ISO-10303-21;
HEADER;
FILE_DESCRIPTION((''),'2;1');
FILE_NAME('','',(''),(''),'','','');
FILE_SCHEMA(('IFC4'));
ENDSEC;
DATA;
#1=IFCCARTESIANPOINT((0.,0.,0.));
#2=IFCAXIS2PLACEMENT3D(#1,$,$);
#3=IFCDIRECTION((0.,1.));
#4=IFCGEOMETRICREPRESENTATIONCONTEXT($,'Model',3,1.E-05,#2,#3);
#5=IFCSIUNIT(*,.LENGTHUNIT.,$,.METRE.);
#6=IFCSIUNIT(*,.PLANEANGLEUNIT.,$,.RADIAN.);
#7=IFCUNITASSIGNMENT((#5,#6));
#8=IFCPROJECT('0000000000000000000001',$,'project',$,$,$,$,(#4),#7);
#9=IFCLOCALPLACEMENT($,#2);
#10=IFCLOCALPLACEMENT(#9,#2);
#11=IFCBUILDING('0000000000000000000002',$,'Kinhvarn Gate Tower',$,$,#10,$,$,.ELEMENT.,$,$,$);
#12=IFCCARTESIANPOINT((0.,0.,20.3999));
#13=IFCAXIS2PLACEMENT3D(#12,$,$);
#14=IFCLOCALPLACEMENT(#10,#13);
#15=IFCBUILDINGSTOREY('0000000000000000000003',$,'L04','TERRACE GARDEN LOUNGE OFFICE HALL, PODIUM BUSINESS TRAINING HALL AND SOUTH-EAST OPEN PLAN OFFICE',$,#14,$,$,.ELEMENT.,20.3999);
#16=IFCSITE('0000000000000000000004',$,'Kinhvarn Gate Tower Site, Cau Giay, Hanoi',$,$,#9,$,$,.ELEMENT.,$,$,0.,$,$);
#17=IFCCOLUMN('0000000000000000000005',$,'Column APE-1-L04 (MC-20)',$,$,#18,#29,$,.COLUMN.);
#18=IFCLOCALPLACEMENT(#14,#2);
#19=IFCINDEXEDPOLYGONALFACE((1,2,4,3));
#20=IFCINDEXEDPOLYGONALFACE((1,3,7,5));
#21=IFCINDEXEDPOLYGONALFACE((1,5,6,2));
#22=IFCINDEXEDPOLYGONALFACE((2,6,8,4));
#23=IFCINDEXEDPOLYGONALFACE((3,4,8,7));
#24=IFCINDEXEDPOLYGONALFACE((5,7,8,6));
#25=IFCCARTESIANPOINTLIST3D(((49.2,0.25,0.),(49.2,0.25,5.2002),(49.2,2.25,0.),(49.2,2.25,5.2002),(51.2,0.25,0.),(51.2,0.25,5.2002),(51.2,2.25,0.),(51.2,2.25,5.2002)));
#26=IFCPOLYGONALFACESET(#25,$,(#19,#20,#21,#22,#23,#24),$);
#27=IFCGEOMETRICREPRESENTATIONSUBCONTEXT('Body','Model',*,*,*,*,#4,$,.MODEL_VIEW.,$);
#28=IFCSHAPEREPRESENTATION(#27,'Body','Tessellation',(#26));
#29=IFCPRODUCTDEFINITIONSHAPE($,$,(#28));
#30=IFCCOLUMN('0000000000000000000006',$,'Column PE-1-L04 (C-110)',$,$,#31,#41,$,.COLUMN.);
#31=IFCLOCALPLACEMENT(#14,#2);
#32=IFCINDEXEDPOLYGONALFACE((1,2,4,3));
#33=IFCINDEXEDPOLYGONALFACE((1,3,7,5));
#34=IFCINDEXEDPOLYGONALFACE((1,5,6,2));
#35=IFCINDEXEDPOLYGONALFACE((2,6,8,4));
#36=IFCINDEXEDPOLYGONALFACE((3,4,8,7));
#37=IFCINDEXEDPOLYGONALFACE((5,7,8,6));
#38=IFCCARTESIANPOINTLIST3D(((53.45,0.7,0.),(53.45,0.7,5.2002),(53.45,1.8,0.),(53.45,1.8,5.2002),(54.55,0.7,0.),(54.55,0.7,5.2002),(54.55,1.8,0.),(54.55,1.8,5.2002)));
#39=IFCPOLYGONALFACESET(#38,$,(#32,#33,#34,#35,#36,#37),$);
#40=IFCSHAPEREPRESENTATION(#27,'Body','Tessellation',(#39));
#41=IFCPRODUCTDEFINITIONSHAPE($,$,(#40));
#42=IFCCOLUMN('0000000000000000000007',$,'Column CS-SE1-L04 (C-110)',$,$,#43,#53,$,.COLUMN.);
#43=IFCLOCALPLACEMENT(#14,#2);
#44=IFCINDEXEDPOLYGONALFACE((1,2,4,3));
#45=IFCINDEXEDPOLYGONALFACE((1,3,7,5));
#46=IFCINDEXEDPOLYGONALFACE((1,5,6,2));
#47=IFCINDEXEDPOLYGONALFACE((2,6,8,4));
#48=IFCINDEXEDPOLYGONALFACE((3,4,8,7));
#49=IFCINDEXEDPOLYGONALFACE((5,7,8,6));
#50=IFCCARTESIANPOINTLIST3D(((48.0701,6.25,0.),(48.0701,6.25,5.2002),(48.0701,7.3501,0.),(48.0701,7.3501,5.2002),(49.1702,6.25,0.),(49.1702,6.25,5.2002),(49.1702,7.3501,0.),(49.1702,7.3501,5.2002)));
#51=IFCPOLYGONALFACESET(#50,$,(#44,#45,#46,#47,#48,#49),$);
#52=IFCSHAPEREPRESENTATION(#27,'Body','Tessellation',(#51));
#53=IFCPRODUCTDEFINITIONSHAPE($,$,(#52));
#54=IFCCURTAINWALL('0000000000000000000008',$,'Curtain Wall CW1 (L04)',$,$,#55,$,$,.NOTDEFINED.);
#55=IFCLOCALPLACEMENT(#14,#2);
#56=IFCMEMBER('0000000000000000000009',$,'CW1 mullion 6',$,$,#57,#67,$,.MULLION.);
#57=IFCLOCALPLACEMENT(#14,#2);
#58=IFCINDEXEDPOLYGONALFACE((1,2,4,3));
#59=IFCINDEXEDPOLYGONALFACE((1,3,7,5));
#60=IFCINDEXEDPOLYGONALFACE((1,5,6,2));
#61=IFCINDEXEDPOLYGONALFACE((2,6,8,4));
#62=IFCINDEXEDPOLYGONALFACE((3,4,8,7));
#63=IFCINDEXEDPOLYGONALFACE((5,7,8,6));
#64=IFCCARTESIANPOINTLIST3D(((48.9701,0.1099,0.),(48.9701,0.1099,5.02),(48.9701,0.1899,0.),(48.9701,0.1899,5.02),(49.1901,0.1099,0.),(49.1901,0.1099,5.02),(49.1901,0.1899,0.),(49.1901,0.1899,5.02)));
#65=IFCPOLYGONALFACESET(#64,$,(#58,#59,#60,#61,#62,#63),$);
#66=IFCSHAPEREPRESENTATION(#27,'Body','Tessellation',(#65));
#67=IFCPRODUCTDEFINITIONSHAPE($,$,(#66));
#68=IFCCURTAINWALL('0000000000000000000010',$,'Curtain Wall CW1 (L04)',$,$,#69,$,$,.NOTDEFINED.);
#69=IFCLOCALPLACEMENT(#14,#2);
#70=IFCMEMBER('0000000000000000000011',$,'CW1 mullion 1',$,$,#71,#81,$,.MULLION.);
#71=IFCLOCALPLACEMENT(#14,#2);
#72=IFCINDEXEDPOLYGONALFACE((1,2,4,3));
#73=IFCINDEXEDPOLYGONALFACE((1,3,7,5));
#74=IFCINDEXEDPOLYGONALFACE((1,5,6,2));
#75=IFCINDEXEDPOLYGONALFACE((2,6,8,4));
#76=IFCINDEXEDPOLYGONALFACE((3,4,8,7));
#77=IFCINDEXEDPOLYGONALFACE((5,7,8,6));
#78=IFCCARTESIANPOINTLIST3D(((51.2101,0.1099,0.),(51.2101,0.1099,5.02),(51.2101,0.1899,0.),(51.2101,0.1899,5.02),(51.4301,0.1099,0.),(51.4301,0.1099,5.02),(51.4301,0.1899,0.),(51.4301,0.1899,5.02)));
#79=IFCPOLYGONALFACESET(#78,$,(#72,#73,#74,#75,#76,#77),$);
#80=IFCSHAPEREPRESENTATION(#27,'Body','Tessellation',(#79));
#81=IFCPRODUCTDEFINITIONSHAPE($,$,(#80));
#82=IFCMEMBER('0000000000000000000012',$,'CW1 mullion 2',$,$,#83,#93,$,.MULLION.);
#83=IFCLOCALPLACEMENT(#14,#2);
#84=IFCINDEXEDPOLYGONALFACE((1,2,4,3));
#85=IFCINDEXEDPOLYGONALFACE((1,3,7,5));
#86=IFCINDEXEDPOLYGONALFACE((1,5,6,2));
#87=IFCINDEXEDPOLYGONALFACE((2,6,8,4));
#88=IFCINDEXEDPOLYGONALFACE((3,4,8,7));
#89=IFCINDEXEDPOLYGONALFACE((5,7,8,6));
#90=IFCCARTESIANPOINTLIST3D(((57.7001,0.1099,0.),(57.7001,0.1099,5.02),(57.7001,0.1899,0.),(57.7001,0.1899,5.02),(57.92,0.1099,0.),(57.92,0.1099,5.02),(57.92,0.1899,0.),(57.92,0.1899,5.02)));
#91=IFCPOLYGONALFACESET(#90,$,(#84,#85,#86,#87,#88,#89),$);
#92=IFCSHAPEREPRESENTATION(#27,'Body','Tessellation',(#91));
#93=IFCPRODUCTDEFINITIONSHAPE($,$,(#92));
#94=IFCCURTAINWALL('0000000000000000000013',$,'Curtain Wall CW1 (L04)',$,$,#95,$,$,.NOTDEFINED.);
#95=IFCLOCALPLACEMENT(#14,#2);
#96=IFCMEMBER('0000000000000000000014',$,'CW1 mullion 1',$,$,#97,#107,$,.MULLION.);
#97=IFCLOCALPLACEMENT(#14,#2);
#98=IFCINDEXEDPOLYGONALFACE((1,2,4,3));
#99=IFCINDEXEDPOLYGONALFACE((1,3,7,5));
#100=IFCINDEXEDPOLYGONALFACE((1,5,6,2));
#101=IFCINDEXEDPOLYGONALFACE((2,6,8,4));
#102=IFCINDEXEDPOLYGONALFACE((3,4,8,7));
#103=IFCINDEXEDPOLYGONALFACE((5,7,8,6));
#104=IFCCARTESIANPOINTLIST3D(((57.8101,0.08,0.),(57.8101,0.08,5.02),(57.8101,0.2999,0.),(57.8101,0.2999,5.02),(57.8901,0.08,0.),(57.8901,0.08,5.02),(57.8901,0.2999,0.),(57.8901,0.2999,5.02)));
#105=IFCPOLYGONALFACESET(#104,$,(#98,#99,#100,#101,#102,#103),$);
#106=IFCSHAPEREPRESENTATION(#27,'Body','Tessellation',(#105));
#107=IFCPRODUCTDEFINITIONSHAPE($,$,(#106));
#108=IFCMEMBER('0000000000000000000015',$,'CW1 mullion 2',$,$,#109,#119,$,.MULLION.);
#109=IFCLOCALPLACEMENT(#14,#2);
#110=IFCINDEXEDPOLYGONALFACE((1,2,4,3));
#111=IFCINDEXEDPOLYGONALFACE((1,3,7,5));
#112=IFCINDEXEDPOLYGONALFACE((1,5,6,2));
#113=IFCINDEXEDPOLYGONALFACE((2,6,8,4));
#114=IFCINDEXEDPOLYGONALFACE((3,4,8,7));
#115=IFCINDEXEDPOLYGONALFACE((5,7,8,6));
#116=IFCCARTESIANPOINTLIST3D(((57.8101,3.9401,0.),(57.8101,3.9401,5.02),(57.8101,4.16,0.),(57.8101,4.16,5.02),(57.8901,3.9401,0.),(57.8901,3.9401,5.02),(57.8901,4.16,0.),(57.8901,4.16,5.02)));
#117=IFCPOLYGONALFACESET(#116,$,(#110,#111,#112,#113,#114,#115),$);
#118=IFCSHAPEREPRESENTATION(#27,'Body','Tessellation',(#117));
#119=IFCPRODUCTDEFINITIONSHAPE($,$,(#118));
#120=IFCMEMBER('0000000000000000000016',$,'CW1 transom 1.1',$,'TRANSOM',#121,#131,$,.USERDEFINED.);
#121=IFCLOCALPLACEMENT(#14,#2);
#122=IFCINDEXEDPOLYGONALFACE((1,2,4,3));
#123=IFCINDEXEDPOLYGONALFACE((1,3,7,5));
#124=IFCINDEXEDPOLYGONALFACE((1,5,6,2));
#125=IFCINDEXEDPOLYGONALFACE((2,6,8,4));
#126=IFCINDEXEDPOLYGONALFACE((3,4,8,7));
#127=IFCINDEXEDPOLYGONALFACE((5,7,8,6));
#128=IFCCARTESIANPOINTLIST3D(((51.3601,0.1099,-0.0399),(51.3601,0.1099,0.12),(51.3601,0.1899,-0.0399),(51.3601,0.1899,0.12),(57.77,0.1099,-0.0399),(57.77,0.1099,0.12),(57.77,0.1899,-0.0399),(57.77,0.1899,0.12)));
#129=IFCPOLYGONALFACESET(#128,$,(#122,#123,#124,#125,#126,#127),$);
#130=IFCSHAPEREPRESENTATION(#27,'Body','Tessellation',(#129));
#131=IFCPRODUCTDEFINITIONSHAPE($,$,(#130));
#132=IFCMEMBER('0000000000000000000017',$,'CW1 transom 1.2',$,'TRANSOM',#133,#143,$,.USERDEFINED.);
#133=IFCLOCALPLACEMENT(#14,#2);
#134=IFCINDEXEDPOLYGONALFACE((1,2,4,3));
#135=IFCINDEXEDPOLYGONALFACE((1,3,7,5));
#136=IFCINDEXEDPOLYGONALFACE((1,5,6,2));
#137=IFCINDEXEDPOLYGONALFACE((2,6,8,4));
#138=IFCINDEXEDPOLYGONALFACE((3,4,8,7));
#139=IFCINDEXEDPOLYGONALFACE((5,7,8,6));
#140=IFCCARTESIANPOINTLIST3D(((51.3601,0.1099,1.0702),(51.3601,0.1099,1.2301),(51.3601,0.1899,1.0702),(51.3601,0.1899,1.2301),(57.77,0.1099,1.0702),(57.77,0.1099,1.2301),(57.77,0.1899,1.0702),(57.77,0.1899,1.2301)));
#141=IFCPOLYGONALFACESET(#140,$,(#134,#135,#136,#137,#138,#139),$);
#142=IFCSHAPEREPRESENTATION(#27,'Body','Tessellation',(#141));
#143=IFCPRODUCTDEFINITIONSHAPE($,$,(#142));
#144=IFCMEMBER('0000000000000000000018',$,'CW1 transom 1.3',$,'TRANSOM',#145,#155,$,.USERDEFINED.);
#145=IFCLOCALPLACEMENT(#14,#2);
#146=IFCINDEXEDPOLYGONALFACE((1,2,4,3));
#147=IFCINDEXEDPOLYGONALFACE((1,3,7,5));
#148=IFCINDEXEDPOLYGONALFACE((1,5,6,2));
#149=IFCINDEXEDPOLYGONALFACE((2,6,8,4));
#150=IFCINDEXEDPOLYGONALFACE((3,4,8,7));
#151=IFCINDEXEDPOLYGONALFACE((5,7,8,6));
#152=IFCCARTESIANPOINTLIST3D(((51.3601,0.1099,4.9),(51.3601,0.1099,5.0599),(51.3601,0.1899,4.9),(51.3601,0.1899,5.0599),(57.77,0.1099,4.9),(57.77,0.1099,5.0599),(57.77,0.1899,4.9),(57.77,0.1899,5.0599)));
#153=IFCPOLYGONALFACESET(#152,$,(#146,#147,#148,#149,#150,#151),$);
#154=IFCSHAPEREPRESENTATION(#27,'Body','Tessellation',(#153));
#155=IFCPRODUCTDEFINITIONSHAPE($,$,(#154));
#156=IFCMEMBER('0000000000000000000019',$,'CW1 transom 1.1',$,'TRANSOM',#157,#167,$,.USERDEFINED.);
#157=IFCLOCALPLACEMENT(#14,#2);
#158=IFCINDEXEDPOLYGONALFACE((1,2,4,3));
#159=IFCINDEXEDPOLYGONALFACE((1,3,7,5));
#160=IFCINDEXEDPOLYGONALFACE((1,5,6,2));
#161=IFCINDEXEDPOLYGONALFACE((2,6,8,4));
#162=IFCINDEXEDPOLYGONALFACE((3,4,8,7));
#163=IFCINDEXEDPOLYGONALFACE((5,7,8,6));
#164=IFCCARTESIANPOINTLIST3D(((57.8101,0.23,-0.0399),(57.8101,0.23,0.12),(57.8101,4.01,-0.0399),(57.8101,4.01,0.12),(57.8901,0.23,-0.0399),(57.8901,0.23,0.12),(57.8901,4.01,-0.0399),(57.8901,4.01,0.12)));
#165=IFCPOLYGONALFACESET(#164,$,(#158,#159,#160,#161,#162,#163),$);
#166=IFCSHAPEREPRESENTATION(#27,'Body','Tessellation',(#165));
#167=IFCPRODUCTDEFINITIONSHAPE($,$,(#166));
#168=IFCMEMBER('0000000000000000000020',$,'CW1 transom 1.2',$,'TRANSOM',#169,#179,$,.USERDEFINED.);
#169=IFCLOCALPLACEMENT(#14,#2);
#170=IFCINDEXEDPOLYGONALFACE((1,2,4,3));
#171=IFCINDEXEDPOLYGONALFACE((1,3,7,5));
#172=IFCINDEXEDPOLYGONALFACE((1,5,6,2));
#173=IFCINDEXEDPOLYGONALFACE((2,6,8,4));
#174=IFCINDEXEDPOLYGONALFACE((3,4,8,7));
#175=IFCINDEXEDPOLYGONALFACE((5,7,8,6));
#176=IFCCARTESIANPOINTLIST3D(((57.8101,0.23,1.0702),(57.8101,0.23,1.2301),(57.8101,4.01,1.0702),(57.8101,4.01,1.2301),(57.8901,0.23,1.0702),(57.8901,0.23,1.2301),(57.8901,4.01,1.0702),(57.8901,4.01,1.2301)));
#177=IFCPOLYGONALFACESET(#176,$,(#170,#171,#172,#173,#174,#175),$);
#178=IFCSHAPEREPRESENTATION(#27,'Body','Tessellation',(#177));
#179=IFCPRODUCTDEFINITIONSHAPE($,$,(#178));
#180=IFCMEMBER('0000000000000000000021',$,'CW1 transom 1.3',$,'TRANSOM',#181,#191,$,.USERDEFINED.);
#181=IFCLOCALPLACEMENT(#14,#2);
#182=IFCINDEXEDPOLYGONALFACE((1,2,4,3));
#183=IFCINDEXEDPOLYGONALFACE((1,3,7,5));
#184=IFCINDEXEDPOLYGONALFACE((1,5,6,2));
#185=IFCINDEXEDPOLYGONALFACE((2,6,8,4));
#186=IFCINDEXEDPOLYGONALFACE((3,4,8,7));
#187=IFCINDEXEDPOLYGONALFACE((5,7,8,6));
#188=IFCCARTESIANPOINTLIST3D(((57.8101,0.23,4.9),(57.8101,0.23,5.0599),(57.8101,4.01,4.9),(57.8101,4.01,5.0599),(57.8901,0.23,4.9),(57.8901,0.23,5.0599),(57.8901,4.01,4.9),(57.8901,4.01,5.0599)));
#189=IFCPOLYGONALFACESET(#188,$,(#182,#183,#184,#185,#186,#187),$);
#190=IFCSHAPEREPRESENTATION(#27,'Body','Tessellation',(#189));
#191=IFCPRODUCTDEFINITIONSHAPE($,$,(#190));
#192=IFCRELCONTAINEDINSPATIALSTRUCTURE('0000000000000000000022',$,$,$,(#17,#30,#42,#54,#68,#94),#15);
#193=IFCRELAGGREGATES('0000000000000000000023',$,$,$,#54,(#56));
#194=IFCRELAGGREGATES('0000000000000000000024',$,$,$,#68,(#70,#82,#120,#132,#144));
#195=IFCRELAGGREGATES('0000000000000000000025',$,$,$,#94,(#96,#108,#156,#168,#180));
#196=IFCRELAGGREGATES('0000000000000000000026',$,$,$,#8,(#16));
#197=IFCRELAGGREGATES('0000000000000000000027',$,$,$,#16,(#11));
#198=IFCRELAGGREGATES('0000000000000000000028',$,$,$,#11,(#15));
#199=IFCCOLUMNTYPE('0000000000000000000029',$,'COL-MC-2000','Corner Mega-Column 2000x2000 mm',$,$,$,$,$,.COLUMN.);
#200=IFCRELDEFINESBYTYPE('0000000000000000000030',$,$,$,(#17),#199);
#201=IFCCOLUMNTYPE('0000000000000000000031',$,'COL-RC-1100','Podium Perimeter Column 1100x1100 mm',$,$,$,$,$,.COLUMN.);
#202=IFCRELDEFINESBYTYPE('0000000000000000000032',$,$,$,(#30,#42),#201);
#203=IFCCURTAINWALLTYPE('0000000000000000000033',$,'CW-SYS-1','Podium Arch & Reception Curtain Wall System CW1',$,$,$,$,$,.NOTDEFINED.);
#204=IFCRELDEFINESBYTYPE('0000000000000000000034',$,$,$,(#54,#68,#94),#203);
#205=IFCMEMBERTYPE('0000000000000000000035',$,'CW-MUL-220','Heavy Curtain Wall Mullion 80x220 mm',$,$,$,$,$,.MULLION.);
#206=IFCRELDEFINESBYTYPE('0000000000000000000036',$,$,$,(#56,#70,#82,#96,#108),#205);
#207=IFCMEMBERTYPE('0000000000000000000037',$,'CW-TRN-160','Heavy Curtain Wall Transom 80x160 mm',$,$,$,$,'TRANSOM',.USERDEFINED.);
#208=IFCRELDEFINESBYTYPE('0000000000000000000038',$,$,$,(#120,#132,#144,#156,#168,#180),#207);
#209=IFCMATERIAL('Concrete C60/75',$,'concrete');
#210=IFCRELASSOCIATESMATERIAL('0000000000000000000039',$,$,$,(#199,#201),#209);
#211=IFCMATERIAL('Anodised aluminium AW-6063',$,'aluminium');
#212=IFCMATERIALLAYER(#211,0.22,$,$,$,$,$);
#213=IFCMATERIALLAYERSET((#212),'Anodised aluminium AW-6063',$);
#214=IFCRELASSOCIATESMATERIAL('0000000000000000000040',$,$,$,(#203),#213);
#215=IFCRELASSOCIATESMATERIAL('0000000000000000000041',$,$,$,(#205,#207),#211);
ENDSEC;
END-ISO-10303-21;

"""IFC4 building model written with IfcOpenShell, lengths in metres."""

from ifc_helpers import new_model, si_unit, direction, frame, origin, origin_2d, place, context, subcontext, project, spatial, rectangle, extrude, material, layer, layer_set, material_profile, profile_set, type_object, element, aggregate, save


model = new_model("IFC4")

# Units and contexts
model_context = context("Model", 3, precision=1e-05, world=origin(), true_north=direction((0.0, 1.0)))
body_context = subcontext(model_context, "Body", "Model", "MODEL_VIEW")
ifc_project = project(units=[si_unit("LENGTHUNIT", "METRE"), si_unit("PLANEANGLEUNIT", "RADIAN")], contexts=[model_context])

# Site, building, storey
site_placement = place(None, origin())
site = spatial("IfcSite", under=ifc_project, at=site_placement, Name="Kinhvarn Gate Tower Site, Cau Giay, Hanoi", CompositionType="ELEMENT", RefElevation=0.0)
building_placement = place(site_placement, origin())
building = spatial("IfcBuilding", under=site, at=building_placement, Name="Kinhvarn Gate Tower", CompositionType="ELEMENT")
storey_placement = place(building_placement, frame((0.0, 0.0, 20.3999)))
storey = spatial("IfcBuildingStorey", under=building, at=storey_placement, Name="L04", Description="TERRACE GARDEN LOUNGE OFFICE HALL, PODIUM BUSINESS TRAINING HALL AND SOUTH-EAST OPEN PLAN OFFICE", CompositionType="ELEMENT", Elevation=20.3999)

# Columns
ifc_material_1 = material(Name="Concrete C60/75", Category="concrete")
ifc_material_profile_1 = material_profile(ifc_material_1, rectangle(XDim=2.0, YDim=2.0, at=origin_2d()), Name="RC 2000x2000")
ifc_profile_set_1 = profile_set([ifc_material_profile_1], Name="Concrete C60/75")
column_type_1 = type_object("IfcColumnType", Name="COL-MC-2000", Description="Corner Mega-Column 2000x2000 mm", PredefinedType="COLUMN", material=ifc_profile_set_1)
column_placement = place(storey_placement, frame((50.2, 1.25, 0.0), z_axis=(0.0, 0.0, 1.0), x_axis=(1.0, 0.0, 0.0)))
element("IfcColumn", 1, at=column_placement, inside=storey, type_object=column_type_1, Name="Column APE-1-L04 (MC-20)", PredefinedType="COLUMN", context=body_context, shape_type="SweptSolid", body=[
    extrude(rectangle(XDim=2.0, YDim=2.0, at=origin_2d()), origin(), (0.0, 0.0, 1.0), 5.2002),
])
ifc_material_profile_2 = material_profile(ifc_material_1, rectangle(XDim=1.1001, YDim=1.1001, at=origin_2d()), Name="RC 1100x1100")
ifc_profile_set_2 = profile_set([ifc_material_profile_2], Name="Concrete C60/75")
column_type_2 = type_object("IfcColumnType", Name="COL-RC-1100", Description="Podium Perimeter Column 1100x1100 mm", PredefinedType="COLUMN", material=ifc_profile_set_2)
for number, where, z_axis, x_axis, name in (
    (2, (54.0, 1.25, 0.0), (0.0, 0.0, 1.0), (1.0, 0.0, 0.0), "Column PE-1-L04 (C-110)"),
    (3, (48.6201, 6.8, 0.0), (0.0, 0.0, 1.0), (1.0, 0.0, 0.0), "Column CS-SE1-L04 (C-110)"),
):
    element("IfcColumn", number, at=place(storey_placement, frame(where, z_axis=z_axis, x_axis=x_axis)), inside=storey, type_object=column_type_2, Name=name, PredefinedType="COLUMN", context=body_context, shape_type="SweptSolid", body=[
        extrude(rectangle(XDim=1.1001, YDim=1.1001, at=origin_2d()), origin(), (0.0, 0.0, 1.0), 5.2002),
    ])

# Curtain wall, member
ifc_material_2 = material(Name="Anodised aluminium AW-6063", Category="aluminium")
ifc_layer_1 = layer(ifc_material_2, 0.22)
ifc_layer_set_1 = layer_set([ifc_layer_1], Name="Anodised aluminium AW-6063")
curtain_wall_type = type_object("IfcCurtainWallType", Name="CW-SYS-1", Description="Podium Arch & Reception Curtain Wall System CW1", PredefinedType="NOTDEFINED", material=ifc_layer_set_1)
curtain_wall_1_placement = place(storey_placement, origin())
curtain_wall_1 = element("IfcCurtainWall", 4, at=curtain_wall_1_placement, inside=storey, type_object=curtain_wall_type, Name="Curtain Wall CW1 (L04)", PredefinedType="NOTDEFINED")
ifc_material_profile_3 = material_profile(ifc_material_2, rectangle(XDim=0.0801, YDim=0.22, at=origin_2d()), Name="ALU 80x220")
ifc_profile_set_3 = profile_set([ifc_material_profile_3], Name="Anodised aluminium AW-6063")
member_type_1 = type_object("IfcMemberType", Name="CW-MUL-220", Description="Heavy Curtain Wall Mullion 80x220 mm", PredefinedType="MULLION", material=ifc_profile_set_3)
member_1_placement = place(storey_placement, frame((49.0801, 0.1499, 0.0), z_axis=(0.0, 0.0, 1.0), x_axis=(0.0, 1.0, 0.0)))
member_1 = element("IfcMember", 5, at=member_1_placement, type_object=member_type_1, Name="CW1 mullion 6", PredefinedType="MULLION", context=body_context, shape_type="SweptSolid", body=[
    extrude(rectangle(XDim=0.0801, YDim=0.22, at=origin_2d()), origin(), (0.0, 0.0, 1.0), 5.02),
])
aggregate(curtain_wall_1, [member_1])

# Curtain walls, members
curtain_wall_2_placement = place(storey_placement, origin())
curtain_wall_2 = element("IfcCurtainWall", 6, at=curtain_wall_2_placement, inside=storey, type_object=curtain_wall_type, Name="Curtain Wall CW1 (L04)", PredefinedType="NOTDEFINED")
member_2_placement = place(storey_placement, frame((51.3201, 0.1499, 0.0), z_axis=(0.0, 0.0, 1.0), x_axis=(0.0, 1.0, 0.0)))
member_2 = element("IfcMember", 7, at=member_2_placement, type_object=member_type_1, Name="CW1 mullion 1", PredefinedType="MULLION", context=body_context, shape_type="SweptSolid", body=[
    extrude(rectangle(XDim=0.0801, YDim=0.22, at=origin_2d()), origin(), (0.0, 0.0, 1.0), 5.02),
])
member_3_placement = place(storey_placement, frame((57.8101, 0.1499, 0.0), z_axis=(0.0, 0.0, 1.0), x_axis=(0.0, 1.0, 0.0)))
member_3 = element("IfcMember", 8, at=member_3_placement, type_object=member_type_1, Name="CW1 mullion 2", PredefinedType="MULLION", context=body_context, shape_type="SweptSolid", body=[
    extrude(rectangle(XDim=0.0801, YDim=0.22, at=origin_2d()), origin(), (0.0, 0.0, 1.0), 5.02),
])
curtain_wall_3_placement = place(storey_placement, origin())
curtain_wall_3 = element("IfcCurtainWall", 9, at=curtain_wall_3_placement, inside=storey, type_object=curtain_wall_type, Name="Curtain Wall CW1 (L04)", PredefinedType="NOTDEFINED")
member_4_placement = place(storey_placement, frame((57.8501, 0.1899, 0.0), z_axis=(0.0, 0.0, 1.0), x_axis=(-1.0, 0.0, 0.0)))
member_4 = element("IfcMember", 10, at=member_4_placement, type_object=member_type_1, Name="CW1 mullion 1", PredefinedType="MULLION", context=body_context, shape_type="SweptSolid", body=[
    extrude(rectangle(XDim=0.0801, YDim=0.22, at=origin_2d()), origin(), (0.0, 0.0, 1.0), 5.02),
])
member_5_placement = place(storey_placement, frame((57.8501, 4.05, 0.0), z_axis=(0.0, 0.0, 1.0), x_axis=(-1.0, 0.0, 0.0)))
member_5 = element("IfcMember", 11, at=member_5_placement, type_object=member_type_1, Name="CW1 mullion 2", PredefinedType="MULLION", context=body_context, shape_type="SweptSolid", body=[
    extrude(rectangle(XDim=0.0801, YDim=0.22, at=origin_2d()), origin(), (0.0, 0.0, 1.0), 5.02),
])

# Members
ifc_material_profile_4 = material_profile(ifc_material_2, rectangle(XDim=0.0801, YDim=0.1599, at=origin_2d()), Name="ALU 80x160")
ifc_profile_set_4 = profile_set([ifc_material_profile_4], Name="Anodised aluminium AW-6063")
member_type_2 = type_object("IfcMemberType", Name="CW-TRN-160", Description="Heavy Curtain Wall Transom 80x160 mm", ElementType="TRANSOM", PredefinedType="USERDEFINED", material=ifc_profile_set_4)
member_6_placement = place(storey_placement, frame((51.3601, 0.1499, 0.04), z_axis=(1.0, 0.0, 0.0), x_axis=(0.0, 1.0, 0.0)))
member_6 = element("IfcMember", 12, at=member_6_placement, type_object=member_type_2, Name="CW1 transom 1.1", ObjectType="TRANSOM", PredefinedType="USERDEFINED", context=body_context, shape_type="SweptSolid", body=[
    extrude(rectangle(XDim=0.0801, YDim=0.1599, at=origin_2d()), origin(), (0.0, 0.0, 1.0), 6.4099),
])
member_7_placement = place(storey_placement, frame((51.3601, 0.1499, 1.1501), z_axis=(1.0, 0.0, 0.0), x_axis=(0.0, 1.0, 0.0)))
member_7 = element("IfcMember", 13, at=member_7_placement, type_object=member_type_2, Name="CW1 transom 1.2", ObjectType="TRANSOM", PredefinedType="USERDEFINED", context=body_context, shape_type="SweptSolid", body=[
    extrude(rectangle(XDim=0.0801, YDim=0.1599, at=origin_2d()), origin(), (0.0, 0.0, 1.0), 6.4099),
])
member_8_placement = place(storey_placement, frame((51.3601, 0.1499, 4.98), z_axis=(1.0, 0.0, 0.0), x_axis=(0.0, 1.0, 0.0)))
member_8 = element("IfcMember", 14, at=member_8_placement, type_object=member_type_2, Name="CW1 transom 1.3", ObjectType="TRANSOM", PredefinedType="USERDEFINED", context=body_context, shape_type="SweptSolid", body=[
    extrude(rectangle(XDim=0.0801, YDim=0.1599, at=origin_2d()), origin(), (0.0, 0.0, 1.0), 6.4099),
])
member_9_placement = place(storey_placement, frame((57.8501, 0.23, 0.04), z_axis=(0.0, 1.0, 0.0), x_axis=(-1.0, 0.0, 0.0)))
member_9 = element("IfcMember", 15, at=member_9_placement, type_object=member_type_2, Name="CW1 transom 1.1", ObjectType="TRANSOM", PredefinedType="USERDEFINED", context=body_context, shape_type="SweptSolid", body=[
    extrude(rectangle(XDim=0.0801, YDim=0.1599, at=origin_2d()), origin(), (0.0, 0.0, 1.0), 3.78),
])
member_10_placement = place(storey_placement, frame((57.8501, 0.23, 1.1501), z_axis=(0.0, 1.0, 0.0), x_axis=(-1.0, 0.0, 0.0)))
member_10 = element("IfcMember", 16, at=member_10_placement, type_object=member_type_2, Name="CW1 transom 1.2", ObjectType="TRANSOM", PredefinedType="USERDEFINED", context=body_context, shape_type="SweptSolid", body=[
    extrude(rectangle(XDim=0.0801, YDim=0.1599, at=origin_2d()), origin(), (0.0, 0.0, 1.0), 3.78),
])
member_11_placement = place(storey_placement, frame((57.8501, 0.23, 4.98), z_axis=(0.0, 1.0, 0.0), x_axis=(-1.0, 0.0, 0.0)))
member_11 = element("IfcMember", 17, at=member_11_placement, type_object=member_type_2, Name="CW1 transom 1.3", ObjectType="TRANSOM", PredefinedType="USERDEFINED", context=body_context, shape_type="SweptSolid", body=[
    extrude(rectangle(XDim=0.0801, YDim=0.1599, at=origin_2d()), origin(), (0.0, 0.0, 1.0), 3.78),
])

aggregate(curtain_wall_2, [member_2, member_3, member_6, member_7, member_8])
aggregate(curtain_wall_3, [member_4, member_5, member_9, member_10, member_11])

save(model, "model.ifc")
